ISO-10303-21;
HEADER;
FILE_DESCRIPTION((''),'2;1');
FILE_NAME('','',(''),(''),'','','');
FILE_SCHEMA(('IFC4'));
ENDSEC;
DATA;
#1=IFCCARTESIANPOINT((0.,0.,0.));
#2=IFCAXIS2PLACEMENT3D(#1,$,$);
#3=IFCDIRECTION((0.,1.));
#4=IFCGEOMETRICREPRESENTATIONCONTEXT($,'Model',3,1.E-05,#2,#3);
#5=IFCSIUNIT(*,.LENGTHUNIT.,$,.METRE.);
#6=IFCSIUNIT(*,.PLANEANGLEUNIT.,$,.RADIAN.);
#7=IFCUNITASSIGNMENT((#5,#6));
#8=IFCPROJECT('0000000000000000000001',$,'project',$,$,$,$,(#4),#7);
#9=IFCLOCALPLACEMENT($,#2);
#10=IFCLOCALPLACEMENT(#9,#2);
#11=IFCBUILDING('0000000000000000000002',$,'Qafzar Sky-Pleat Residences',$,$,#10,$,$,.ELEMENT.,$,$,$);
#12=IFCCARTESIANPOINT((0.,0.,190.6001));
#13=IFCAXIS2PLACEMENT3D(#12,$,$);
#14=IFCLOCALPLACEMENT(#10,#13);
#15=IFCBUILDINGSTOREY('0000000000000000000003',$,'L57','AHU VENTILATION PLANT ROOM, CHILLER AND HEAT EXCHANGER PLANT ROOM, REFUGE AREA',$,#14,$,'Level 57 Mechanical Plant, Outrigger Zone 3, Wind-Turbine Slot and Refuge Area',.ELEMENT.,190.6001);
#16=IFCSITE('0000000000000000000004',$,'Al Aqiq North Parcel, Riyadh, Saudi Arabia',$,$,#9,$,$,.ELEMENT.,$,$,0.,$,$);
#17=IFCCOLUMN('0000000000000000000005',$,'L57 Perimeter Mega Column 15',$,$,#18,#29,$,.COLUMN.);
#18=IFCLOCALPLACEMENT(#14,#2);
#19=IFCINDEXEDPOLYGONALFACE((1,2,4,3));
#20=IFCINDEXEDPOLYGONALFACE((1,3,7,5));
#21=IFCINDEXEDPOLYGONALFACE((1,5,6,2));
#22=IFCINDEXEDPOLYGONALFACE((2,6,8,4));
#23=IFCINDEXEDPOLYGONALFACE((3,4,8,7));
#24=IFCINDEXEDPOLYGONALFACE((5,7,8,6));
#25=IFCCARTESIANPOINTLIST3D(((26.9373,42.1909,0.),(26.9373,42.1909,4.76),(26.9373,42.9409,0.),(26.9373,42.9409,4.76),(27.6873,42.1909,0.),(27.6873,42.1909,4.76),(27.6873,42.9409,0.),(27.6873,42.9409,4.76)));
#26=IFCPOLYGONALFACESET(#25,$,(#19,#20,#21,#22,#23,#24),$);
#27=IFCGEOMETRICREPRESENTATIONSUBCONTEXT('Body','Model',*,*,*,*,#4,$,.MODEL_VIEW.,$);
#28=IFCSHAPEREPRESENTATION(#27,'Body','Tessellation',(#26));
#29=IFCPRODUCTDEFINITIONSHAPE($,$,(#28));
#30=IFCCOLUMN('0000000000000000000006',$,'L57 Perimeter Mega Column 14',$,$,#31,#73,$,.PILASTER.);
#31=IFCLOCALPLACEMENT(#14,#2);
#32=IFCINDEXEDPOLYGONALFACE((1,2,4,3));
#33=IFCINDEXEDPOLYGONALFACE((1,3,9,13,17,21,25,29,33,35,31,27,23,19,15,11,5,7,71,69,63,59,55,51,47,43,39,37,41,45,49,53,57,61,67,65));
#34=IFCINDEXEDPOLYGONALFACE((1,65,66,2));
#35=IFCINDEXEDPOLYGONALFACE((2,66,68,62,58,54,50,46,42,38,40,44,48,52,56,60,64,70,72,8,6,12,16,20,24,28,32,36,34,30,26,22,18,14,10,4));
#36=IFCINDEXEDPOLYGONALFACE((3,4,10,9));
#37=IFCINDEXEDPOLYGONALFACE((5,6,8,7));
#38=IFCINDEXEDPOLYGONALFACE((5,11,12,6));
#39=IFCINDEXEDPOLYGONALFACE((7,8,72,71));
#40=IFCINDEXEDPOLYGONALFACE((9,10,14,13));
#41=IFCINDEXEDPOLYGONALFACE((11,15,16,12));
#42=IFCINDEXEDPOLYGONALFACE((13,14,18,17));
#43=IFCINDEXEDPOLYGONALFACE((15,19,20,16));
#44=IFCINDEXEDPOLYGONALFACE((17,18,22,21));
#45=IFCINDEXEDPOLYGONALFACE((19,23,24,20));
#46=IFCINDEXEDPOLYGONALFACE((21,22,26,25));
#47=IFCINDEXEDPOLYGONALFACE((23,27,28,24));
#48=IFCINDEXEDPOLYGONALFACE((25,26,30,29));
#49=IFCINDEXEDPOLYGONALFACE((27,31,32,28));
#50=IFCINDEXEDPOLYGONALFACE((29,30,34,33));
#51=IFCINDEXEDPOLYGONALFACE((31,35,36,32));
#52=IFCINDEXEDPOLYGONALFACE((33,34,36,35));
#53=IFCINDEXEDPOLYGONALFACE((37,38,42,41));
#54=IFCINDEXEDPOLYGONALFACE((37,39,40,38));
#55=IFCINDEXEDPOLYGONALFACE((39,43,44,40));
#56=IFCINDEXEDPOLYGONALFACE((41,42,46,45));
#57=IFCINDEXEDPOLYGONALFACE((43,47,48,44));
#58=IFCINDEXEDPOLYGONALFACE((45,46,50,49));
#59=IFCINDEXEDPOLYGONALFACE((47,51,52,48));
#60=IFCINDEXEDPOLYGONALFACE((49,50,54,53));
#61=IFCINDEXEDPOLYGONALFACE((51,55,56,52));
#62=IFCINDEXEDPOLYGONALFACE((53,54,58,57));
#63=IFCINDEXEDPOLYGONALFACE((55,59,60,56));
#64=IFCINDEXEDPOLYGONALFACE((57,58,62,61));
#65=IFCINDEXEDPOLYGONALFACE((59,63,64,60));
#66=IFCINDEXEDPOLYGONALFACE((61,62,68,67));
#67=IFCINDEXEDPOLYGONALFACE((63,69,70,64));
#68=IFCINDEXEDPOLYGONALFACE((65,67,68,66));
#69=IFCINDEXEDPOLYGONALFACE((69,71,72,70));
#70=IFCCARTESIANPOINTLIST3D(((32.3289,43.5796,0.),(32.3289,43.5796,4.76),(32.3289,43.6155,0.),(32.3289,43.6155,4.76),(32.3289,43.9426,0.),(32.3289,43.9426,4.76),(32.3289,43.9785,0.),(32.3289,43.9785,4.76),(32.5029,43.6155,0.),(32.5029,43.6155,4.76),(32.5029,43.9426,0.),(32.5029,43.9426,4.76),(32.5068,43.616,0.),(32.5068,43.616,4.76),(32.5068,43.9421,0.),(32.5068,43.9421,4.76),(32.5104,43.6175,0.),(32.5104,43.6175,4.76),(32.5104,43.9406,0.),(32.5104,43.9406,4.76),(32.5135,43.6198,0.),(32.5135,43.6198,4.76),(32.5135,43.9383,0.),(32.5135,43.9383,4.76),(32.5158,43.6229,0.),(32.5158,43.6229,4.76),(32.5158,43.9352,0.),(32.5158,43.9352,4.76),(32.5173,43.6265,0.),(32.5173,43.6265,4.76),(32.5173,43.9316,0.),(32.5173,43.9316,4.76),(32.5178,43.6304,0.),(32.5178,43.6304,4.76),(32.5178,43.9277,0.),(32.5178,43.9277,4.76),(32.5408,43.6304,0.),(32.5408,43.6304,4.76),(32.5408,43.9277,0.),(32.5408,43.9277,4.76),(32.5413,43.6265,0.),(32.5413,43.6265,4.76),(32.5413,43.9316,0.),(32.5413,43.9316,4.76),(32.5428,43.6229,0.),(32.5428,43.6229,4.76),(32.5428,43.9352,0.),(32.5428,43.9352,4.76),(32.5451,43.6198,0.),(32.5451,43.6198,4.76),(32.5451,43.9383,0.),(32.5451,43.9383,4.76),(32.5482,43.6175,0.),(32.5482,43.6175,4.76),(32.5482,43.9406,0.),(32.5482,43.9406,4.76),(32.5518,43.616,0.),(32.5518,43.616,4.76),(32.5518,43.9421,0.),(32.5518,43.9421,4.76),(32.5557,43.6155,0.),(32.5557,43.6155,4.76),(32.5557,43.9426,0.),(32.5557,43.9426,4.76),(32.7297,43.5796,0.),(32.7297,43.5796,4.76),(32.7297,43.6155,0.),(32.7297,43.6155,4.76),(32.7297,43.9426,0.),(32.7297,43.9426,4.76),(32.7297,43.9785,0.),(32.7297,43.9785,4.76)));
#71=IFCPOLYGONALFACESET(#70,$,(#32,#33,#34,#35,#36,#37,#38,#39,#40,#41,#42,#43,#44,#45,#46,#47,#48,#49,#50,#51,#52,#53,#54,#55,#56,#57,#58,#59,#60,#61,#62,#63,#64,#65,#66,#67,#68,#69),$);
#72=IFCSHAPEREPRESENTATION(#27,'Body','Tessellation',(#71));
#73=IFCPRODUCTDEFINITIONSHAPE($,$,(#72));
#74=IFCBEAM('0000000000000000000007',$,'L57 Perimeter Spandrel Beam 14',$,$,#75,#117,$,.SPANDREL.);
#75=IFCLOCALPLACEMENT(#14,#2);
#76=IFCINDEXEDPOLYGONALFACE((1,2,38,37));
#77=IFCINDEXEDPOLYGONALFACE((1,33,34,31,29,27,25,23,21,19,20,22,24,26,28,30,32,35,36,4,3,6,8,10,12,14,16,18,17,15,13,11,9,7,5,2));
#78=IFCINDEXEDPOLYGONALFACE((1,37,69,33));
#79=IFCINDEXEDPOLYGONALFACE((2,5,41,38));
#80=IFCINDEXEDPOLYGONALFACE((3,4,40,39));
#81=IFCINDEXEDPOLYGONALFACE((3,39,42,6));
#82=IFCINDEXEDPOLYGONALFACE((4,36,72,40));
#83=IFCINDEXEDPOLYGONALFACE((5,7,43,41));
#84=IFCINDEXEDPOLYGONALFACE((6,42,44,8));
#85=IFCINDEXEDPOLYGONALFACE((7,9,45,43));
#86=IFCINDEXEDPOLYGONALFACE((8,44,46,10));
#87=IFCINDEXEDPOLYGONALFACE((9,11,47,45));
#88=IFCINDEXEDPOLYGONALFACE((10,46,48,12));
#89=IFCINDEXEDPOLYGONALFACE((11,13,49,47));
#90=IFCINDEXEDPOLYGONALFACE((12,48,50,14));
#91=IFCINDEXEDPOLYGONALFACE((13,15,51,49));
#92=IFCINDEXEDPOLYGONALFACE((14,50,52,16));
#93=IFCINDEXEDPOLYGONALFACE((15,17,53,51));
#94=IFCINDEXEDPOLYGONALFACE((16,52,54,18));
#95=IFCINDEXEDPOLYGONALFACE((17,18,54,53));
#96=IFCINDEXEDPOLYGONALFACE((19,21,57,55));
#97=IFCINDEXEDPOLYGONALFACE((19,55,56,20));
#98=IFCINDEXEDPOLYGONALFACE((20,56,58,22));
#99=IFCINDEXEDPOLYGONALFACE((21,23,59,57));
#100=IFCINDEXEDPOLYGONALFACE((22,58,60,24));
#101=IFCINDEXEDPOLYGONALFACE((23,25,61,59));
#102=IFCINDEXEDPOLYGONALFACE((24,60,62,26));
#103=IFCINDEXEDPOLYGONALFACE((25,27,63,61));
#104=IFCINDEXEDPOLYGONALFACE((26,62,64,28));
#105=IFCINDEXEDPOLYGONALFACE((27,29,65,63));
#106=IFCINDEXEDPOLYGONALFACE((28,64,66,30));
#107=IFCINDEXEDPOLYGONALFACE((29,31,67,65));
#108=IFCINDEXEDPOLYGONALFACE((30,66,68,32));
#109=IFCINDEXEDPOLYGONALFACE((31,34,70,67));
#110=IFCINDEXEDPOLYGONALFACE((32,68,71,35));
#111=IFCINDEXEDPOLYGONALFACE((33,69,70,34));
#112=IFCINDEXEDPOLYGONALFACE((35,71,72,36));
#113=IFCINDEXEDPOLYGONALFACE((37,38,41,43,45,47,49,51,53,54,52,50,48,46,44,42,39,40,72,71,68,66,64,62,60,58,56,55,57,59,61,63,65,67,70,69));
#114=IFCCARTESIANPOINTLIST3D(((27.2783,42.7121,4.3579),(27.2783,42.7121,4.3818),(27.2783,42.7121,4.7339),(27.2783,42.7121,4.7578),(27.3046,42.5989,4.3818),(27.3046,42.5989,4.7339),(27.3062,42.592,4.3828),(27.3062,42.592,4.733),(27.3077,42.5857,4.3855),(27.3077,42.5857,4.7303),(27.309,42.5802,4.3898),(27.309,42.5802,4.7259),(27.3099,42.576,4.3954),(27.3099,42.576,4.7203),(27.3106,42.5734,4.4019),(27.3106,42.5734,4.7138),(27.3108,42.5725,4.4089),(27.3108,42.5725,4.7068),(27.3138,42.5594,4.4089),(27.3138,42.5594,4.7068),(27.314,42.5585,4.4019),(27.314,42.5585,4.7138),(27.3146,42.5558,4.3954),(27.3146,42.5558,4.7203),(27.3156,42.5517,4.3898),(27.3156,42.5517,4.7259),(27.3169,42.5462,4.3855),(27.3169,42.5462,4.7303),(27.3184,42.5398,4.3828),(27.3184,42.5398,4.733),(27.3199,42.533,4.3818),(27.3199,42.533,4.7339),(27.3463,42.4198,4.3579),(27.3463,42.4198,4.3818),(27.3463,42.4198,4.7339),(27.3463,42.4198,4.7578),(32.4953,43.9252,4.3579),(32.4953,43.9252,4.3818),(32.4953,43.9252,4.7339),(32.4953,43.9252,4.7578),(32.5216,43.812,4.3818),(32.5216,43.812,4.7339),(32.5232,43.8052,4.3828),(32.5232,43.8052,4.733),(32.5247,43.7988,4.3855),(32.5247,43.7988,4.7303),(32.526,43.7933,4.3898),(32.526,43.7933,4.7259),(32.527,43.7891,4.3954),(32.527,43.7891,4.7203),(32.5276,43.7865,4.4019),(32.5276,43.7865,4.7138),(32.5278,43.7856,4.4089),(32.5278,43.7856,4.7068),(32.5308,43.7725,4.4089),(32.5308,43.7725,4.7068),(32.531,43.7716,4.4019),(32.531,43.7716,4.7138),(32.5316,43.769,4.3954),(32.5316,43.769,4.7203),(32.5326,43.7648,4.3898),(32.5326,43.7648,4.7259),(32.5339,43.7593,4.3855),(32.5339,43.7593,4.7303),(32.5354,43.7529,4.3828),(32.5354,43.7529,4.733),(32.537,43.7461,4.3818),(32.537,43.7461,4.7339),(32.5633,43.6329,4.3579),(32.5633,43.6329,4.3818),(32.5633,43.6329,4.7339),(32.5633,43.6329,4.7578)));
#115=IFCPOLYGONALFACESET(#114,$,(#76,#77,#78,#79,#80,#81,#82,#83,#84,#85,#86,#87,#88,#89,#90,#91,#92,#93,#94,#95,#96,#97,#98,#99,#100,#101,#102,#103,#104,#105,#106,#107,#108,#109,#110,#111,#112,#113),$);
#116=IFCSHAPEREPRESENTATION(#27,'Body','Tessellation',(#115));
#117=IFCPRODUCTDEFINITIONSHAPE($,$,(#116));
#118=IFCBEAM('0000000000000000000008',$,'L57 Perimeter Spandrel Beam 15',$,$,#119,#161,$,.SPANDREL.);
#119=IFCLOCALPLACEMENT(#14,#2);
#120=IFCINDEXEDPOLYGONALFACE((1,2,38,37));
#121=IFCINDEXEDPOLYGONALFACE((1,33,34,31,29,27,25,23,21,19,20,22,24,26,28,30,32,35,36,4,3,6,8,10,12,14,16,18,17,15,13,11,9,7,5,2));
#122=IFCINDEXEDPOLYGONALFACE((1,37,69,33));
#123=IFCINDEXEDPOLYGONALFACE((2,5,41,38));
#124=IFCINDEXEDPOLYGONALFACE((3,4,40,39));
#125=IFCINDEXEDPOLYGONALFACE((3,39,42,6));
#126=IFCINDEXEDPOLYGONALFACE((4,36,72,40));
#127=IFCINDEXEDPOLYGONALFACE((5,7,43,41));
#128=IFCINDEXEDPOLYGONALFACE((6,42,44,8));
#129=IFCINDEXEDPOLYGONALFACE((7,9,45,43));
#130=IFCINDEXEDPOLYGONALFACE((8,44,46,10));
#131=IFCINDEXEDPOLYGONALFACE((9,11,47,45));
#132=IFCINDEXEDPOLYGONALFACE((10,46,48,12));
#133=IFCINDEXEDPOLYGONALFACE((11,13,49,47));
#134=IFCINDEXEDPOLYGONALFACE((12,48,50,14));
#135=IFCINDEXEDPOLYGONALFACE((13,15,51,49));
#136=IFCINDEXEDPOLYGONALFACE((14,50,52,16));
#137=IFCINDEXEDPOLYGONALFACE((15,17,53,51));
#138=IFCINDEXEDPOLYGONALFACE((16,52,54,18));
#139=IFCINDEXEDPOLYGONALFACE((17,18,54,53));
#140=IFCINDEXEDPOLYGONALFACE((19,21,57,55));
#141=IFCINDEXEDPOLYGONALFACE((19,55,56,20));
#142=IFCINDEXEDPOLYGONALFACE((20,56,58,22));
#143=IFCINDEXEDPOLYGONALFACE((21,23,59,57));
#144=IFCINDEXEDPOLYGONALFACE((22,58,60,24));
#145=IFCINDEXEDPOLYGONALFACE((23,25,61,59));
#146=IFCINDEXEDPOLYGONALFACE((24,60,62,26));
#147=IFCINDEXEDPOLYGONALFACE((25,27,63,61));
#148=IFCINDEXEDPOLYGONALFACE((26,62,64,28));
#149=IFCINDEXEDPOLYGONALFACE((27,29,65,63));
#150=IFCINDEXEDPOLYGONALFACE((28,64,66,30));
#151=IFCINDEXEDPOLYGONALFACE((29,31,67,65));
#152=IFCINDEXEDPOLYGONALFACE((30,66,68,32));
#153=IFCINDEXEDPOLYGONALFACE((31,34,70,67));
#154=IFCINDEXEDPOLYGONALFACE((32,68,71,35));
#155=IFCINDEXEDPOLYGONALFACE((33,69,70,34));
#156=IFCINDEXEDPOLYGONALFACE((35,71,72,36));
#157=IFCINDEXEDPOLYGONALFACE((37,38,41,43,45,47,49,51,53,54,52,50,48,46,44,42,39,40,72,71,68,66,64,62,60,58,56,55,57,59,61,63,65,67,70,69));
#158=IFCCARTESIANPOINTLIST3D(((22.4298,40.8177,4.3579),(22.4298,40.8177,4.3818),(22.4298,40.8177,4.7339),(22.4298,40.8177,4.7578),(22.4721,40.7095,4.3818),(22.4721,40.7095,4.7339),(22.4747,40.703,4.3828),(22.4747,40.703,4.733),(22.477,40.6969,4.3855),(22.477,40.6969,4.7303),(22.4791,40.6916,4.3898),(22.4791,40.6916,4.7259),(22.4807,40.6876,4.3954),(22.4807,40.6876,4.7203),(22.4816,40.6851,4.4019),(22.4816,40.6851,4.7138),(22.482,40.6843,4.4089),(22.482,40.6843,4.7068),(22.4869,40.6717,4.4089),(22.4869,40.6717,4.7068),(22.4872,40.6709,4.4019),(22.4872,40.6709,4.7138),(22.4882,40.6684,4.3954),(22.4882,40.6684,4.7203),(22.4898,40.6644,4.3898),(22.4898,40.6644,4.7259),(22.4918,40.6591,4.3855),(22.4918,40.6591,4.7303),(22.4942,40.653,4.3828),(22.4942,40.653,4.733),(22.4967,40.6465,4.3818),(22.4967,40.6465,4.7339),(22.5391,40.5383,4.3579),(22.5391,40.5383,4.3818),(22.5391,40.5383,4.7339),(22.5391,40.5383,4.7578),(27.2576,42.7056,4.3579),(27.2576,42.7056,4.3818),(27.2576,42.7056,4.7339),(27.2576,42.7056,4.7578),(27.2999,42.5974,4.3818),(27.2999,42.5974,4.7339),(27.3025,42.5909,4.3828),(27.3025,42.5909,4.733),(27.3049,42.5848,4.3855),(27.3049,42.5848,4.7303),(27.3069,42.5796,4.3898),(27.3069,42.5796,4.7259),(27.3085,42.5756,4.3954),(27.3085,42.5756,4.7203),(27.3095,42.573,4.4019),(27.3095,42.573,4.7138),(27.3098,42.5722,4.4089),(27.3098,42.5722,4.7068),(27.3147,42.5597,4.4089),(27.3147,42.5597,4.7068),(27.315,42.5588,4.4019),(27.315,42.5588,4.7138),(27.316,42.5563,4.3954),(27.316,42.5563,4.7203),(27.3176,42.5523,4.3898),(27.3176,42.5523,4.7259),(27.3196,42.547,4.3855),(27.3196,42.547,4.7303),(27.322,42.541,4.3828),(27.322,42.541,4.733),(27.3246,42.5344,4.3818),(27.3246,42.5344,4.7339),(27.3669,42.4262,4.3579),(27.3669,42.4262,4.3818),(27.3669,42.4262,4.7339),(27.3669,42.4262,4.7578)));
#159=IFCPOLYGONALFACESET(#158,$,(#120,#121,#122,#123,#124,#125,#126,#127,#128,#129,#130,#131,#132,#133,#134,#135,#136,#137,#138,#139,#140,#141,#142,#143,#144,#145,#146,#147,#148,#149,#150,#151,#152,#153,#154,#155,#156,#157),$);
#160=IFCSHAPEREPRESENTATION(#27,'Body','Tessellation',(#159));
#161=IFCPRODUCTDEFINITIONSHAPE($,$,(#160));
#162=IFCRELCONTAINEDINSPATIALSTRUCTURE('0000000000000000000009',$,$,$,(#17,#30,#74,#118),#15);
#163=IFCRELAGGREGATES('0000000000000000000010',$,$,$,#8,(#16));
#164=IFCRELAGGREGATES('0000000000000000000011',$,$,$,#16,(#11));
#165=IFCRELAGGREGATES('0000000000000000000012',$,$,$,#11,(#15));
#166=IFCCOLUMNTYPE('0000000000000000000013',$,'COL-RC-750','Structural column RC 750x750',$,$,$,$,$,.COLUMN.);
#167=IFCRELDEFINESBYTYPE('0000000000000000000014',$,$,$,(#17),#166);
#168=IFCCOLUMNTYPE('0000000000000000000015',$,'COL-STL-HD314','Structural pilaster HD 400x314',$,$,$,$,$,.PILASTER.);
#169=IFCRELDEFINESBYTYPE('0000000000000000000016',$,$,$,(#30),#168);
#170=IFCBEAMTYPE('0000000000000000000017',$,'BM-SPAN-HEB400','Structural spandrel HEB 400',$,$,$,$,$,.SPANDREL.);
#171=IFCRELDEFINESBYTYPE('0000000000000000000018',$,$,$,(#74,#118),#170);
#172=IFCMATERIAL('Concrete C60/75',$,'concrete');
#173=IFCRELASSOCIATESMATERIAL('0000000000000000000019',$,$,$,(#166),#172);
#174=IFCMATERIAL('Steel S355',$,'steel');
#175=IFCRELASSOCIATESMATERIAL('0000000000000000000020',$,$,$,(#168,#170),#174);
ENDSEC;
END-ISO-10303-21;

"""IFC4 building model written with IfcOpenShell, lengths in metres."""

from ifc_helpers import new_model, si_unit, direction, frame, origin, origin_2d, place, context, subcontext, project, spatial, rectangle, i_section, extrude, source, transform, mapped, material, material_profile, profile_set, type_object, element, save


model = new_model("IFC4")

# Units and contexts
model_context = context("Model", 3, precision=1e-05, world=origin(), true_north=direction((0.0, 1.0)))
body_context = subcontext(model_context, "Body", "Model", "MODEL_VIEW")
ifc_project = project(units=[si_unit("LENGTHUNIT", "METRE"), si_unit("PLANEANGLEUNIT", "RADIAN")], contexts=[model_context])

# Site, building, storey
site_placement = place(None, origin())
site = spatial("IfcSite", under=ifc_project, at=site_placement, Name="Al Aqiq North Parcel, Riyadh, Saudi Arabia", CompositionType="ELEMENT", RefElevation=0.0)
building_placement = place(site_placement, origin())
building = spatial("IfcBuilding", under=site, at=building_placement, Name="Qafzar Sky-Pleat Residences", CompositionType="ELEMENT")
storey_placement = place(building_placement, frame((0.0, 0.0, 190.6001)))
storey = spatial("IfcBuildingStorey", under=building, at=storey_placement, Name="L57", Description="AHU VENTILATION PLANT ROOM, CHILLER AND HEAT EXCHANGER PLANT ROOM, REFUGE AREA", LongName="Level 57 Mechanical Plant, Outrigger Zone 3, Wind-Turbine Slot and Refuge Area", CompositionType="ELEMENT", Elevation=190.6001)

# Columns
ifc_material_1 = material(Name="Concrete C60/75", Category="concrete")
ifc_material_profile_1 = material_profile(ifc_material_1, rectangle(XDim=0.75, YDim=0.75, at=origin_2d()), Name="RC 750x750")
ifc_profile_set_1 = profile_set([ifc_material_profile_1], Name="Concrete C60/75")
column_type_1 = type_object("IfcColumnType", Name="COL-RC-750", Description="Structural column RC 750x750", PredefinedType="COLUMN", material=ifc_profile_set_1)
shared_shape_1 = source(origin(), body_context, "Body", "SweptSolid", [
    extrude(rectangle(XDim=0.75, YDim=0.75, at=origin_2d()), origin(), (0.0, 0.0, 1.0), 4.76),
])
column_1_placement = place(storey_placement, frame((27.3123, 42.5659, 0.0), z_axis=(0.0, 0.0, 1.0), x_axis=(1.0, 0.0, 0.0)))
element("IfcColumn", 1, at=column_1_placement, inside=storey, type_object=column_type_1, Name="L57 Perimeter Mega Column 15", PredefinedType="COLUMN", context=body_context, shape_type="MappedRepresentation", body=[
    mapped(shared_shape_1, transform((0.0, 0.0, 0.0), x_axis=(1.0, 0.0, 0.0), y_axis=(0.0, 1.0, 0.0), z_axis=(0.0, 0.0, 1.0), scale=1.0)),
])
ifc_material_2 = material(Name="Steel S355", Category="steel")
ifc_material_profile_2 = material_profile(ifc_material_2, i_section(OverallWidth=0.4009, OverallDepth=0.3989, WebThickness=0.0229, FlangeThickness=0.0359, FilletRadius=0.0149, at=origin_2d()), Name="HD 400x314")
ifc_profile_set_2 = profile_set([ifc_material_profile_2], Name="Steel S355")
column_type_2 = type_object("IfcColumnType", Name="COL-STL-HD314", Description="Structural pilaster HD 400x314", PredefinedType="PILASTER", material=ifc_profile_set_2)
shared_shape_2 = source(origin(), body_context, "Body", "SweptSolid", [
    extrude(i_section(OverallWidth=0.4009, OverallDepth=0.3989, WebThickness=0.0229, FlangeThickness=0.0359, FilletRadius=0.0149, at=origin_2d()), origin(), (0.0, 0.0, 1.0), 4.76),
])
column_2_placement = place(storey_placement, frame((32.5293, 43.7791, 0.0), z_axis=(0.0, 0.0, 1.0), x_axis=(1.0, 0.0, 0.0)))
element("IfcColumn", 2, at=column_2_placement, inside=storey, type_object=column_type_2, Name="L57 Perimeter Mega Column 14", PredefinedType="PILASTER", context=body_context, shape_type="MappedRepresentation", body=[
    mapped(shared_shape_2, transform((0.0, 0.0, 0.0), x_axis=(1.0, 0.0, 0.0), y_axis=(0.0, 1.0, 0.0), z_axis=(0.0, 0.0, 1.0), scale=1.0)),
])

# Beams
ifc_material_profile_3 = material_profile(ifc_material_2, i_section(OverallWidth=0.3, OverallDepth=0.3999, WebThickness=0.0134, FlangeThickness=0.0239, FilletRadius=0.0271, at=origin_2d()), Name="HEB 400")
ifc_profile_set_3 = profile_set([ifc_material_profile_3], Name="Steel S355")
beam_type_1 = type_object("IfcBeamType", Name="BM-SPAN-HEB400", Description="Structural spandrel HEB 400", PredefinedType="SPANDREL", material=ifc_profile_set_3)
shared_shape_3 = source(origin(), body_context, "Body", "SweptSolid", [
    extrude(i_section(OverallWidth=0.3, OverallDepth=0.3999, WebThickness=0.0134, FlangeThickness=0.0239, FilletRadius=0.0271, at=origin_2d()), origin(), (0.0, 0.0, 1.0), 5.3562),
])
beam_1_placement = place(storey_placement, frame((32.5293, 43.7791, 4.5579), z_axis=(-0.974013, -0.22649, 0.0), x_axis=(0.22649, -0.974013, 0.0)))
element("IfcBeam", 3, at=beam_1_placement, inside=storey, type_object=beam_type_1, Name="L57 Perimeter Spandrel Beam 14", PredefinedType="SPANDREL", context=body_context, shape_type="MappedRepresentation", body=[
    mapped(shared_shape_3, transform((0.0, 0.0, 0.0), x_axis=(1.0, 0.0, 0.0), y_axis=(0.0, 1.0, 0.0), z_axis=(0.0, 0.0, 1.0), scale=1.0)),
])
shared_shape_4 = source(origin(), body_context, "Body", "SweptSolid", [
    extrude(i_section(OverallWidth=0.3, OverallDepth=0.3999, WebThickness=0.0134, FlangeThickness=0.0239, FilletRadius=0.0271, at=origin_2d()), origin(), (0.0, 0.0, 1.0), 5.1838),
])
beam_2_placement = place(storey_placement, frame((27.3123, 42.5659, 4.5579), z_axis=(-0.931323, -0.364193, 0.0), x_axis=(0.364193, -0.931323, 0.0)))
element("IfcBeam", 4, at=beam_2_placement, inside=storey, type_object=beam_type_1, Name="L57 Perimeter Spandrel Beam 15", PredefinedType="SPANDREL", context=body_context, shape_type="MappedRepresentation", body=[
    mapped(shared_shape_4, transform((0.0, 0.0, 0.0), x_axis=(1.0, 0.0, 0.0), y_axis=(0.0, 1.0, 0.0), z_axis=(0.0, 0.0, 1.0), scale=1.0)),
])

save(model, "model.ifc")
